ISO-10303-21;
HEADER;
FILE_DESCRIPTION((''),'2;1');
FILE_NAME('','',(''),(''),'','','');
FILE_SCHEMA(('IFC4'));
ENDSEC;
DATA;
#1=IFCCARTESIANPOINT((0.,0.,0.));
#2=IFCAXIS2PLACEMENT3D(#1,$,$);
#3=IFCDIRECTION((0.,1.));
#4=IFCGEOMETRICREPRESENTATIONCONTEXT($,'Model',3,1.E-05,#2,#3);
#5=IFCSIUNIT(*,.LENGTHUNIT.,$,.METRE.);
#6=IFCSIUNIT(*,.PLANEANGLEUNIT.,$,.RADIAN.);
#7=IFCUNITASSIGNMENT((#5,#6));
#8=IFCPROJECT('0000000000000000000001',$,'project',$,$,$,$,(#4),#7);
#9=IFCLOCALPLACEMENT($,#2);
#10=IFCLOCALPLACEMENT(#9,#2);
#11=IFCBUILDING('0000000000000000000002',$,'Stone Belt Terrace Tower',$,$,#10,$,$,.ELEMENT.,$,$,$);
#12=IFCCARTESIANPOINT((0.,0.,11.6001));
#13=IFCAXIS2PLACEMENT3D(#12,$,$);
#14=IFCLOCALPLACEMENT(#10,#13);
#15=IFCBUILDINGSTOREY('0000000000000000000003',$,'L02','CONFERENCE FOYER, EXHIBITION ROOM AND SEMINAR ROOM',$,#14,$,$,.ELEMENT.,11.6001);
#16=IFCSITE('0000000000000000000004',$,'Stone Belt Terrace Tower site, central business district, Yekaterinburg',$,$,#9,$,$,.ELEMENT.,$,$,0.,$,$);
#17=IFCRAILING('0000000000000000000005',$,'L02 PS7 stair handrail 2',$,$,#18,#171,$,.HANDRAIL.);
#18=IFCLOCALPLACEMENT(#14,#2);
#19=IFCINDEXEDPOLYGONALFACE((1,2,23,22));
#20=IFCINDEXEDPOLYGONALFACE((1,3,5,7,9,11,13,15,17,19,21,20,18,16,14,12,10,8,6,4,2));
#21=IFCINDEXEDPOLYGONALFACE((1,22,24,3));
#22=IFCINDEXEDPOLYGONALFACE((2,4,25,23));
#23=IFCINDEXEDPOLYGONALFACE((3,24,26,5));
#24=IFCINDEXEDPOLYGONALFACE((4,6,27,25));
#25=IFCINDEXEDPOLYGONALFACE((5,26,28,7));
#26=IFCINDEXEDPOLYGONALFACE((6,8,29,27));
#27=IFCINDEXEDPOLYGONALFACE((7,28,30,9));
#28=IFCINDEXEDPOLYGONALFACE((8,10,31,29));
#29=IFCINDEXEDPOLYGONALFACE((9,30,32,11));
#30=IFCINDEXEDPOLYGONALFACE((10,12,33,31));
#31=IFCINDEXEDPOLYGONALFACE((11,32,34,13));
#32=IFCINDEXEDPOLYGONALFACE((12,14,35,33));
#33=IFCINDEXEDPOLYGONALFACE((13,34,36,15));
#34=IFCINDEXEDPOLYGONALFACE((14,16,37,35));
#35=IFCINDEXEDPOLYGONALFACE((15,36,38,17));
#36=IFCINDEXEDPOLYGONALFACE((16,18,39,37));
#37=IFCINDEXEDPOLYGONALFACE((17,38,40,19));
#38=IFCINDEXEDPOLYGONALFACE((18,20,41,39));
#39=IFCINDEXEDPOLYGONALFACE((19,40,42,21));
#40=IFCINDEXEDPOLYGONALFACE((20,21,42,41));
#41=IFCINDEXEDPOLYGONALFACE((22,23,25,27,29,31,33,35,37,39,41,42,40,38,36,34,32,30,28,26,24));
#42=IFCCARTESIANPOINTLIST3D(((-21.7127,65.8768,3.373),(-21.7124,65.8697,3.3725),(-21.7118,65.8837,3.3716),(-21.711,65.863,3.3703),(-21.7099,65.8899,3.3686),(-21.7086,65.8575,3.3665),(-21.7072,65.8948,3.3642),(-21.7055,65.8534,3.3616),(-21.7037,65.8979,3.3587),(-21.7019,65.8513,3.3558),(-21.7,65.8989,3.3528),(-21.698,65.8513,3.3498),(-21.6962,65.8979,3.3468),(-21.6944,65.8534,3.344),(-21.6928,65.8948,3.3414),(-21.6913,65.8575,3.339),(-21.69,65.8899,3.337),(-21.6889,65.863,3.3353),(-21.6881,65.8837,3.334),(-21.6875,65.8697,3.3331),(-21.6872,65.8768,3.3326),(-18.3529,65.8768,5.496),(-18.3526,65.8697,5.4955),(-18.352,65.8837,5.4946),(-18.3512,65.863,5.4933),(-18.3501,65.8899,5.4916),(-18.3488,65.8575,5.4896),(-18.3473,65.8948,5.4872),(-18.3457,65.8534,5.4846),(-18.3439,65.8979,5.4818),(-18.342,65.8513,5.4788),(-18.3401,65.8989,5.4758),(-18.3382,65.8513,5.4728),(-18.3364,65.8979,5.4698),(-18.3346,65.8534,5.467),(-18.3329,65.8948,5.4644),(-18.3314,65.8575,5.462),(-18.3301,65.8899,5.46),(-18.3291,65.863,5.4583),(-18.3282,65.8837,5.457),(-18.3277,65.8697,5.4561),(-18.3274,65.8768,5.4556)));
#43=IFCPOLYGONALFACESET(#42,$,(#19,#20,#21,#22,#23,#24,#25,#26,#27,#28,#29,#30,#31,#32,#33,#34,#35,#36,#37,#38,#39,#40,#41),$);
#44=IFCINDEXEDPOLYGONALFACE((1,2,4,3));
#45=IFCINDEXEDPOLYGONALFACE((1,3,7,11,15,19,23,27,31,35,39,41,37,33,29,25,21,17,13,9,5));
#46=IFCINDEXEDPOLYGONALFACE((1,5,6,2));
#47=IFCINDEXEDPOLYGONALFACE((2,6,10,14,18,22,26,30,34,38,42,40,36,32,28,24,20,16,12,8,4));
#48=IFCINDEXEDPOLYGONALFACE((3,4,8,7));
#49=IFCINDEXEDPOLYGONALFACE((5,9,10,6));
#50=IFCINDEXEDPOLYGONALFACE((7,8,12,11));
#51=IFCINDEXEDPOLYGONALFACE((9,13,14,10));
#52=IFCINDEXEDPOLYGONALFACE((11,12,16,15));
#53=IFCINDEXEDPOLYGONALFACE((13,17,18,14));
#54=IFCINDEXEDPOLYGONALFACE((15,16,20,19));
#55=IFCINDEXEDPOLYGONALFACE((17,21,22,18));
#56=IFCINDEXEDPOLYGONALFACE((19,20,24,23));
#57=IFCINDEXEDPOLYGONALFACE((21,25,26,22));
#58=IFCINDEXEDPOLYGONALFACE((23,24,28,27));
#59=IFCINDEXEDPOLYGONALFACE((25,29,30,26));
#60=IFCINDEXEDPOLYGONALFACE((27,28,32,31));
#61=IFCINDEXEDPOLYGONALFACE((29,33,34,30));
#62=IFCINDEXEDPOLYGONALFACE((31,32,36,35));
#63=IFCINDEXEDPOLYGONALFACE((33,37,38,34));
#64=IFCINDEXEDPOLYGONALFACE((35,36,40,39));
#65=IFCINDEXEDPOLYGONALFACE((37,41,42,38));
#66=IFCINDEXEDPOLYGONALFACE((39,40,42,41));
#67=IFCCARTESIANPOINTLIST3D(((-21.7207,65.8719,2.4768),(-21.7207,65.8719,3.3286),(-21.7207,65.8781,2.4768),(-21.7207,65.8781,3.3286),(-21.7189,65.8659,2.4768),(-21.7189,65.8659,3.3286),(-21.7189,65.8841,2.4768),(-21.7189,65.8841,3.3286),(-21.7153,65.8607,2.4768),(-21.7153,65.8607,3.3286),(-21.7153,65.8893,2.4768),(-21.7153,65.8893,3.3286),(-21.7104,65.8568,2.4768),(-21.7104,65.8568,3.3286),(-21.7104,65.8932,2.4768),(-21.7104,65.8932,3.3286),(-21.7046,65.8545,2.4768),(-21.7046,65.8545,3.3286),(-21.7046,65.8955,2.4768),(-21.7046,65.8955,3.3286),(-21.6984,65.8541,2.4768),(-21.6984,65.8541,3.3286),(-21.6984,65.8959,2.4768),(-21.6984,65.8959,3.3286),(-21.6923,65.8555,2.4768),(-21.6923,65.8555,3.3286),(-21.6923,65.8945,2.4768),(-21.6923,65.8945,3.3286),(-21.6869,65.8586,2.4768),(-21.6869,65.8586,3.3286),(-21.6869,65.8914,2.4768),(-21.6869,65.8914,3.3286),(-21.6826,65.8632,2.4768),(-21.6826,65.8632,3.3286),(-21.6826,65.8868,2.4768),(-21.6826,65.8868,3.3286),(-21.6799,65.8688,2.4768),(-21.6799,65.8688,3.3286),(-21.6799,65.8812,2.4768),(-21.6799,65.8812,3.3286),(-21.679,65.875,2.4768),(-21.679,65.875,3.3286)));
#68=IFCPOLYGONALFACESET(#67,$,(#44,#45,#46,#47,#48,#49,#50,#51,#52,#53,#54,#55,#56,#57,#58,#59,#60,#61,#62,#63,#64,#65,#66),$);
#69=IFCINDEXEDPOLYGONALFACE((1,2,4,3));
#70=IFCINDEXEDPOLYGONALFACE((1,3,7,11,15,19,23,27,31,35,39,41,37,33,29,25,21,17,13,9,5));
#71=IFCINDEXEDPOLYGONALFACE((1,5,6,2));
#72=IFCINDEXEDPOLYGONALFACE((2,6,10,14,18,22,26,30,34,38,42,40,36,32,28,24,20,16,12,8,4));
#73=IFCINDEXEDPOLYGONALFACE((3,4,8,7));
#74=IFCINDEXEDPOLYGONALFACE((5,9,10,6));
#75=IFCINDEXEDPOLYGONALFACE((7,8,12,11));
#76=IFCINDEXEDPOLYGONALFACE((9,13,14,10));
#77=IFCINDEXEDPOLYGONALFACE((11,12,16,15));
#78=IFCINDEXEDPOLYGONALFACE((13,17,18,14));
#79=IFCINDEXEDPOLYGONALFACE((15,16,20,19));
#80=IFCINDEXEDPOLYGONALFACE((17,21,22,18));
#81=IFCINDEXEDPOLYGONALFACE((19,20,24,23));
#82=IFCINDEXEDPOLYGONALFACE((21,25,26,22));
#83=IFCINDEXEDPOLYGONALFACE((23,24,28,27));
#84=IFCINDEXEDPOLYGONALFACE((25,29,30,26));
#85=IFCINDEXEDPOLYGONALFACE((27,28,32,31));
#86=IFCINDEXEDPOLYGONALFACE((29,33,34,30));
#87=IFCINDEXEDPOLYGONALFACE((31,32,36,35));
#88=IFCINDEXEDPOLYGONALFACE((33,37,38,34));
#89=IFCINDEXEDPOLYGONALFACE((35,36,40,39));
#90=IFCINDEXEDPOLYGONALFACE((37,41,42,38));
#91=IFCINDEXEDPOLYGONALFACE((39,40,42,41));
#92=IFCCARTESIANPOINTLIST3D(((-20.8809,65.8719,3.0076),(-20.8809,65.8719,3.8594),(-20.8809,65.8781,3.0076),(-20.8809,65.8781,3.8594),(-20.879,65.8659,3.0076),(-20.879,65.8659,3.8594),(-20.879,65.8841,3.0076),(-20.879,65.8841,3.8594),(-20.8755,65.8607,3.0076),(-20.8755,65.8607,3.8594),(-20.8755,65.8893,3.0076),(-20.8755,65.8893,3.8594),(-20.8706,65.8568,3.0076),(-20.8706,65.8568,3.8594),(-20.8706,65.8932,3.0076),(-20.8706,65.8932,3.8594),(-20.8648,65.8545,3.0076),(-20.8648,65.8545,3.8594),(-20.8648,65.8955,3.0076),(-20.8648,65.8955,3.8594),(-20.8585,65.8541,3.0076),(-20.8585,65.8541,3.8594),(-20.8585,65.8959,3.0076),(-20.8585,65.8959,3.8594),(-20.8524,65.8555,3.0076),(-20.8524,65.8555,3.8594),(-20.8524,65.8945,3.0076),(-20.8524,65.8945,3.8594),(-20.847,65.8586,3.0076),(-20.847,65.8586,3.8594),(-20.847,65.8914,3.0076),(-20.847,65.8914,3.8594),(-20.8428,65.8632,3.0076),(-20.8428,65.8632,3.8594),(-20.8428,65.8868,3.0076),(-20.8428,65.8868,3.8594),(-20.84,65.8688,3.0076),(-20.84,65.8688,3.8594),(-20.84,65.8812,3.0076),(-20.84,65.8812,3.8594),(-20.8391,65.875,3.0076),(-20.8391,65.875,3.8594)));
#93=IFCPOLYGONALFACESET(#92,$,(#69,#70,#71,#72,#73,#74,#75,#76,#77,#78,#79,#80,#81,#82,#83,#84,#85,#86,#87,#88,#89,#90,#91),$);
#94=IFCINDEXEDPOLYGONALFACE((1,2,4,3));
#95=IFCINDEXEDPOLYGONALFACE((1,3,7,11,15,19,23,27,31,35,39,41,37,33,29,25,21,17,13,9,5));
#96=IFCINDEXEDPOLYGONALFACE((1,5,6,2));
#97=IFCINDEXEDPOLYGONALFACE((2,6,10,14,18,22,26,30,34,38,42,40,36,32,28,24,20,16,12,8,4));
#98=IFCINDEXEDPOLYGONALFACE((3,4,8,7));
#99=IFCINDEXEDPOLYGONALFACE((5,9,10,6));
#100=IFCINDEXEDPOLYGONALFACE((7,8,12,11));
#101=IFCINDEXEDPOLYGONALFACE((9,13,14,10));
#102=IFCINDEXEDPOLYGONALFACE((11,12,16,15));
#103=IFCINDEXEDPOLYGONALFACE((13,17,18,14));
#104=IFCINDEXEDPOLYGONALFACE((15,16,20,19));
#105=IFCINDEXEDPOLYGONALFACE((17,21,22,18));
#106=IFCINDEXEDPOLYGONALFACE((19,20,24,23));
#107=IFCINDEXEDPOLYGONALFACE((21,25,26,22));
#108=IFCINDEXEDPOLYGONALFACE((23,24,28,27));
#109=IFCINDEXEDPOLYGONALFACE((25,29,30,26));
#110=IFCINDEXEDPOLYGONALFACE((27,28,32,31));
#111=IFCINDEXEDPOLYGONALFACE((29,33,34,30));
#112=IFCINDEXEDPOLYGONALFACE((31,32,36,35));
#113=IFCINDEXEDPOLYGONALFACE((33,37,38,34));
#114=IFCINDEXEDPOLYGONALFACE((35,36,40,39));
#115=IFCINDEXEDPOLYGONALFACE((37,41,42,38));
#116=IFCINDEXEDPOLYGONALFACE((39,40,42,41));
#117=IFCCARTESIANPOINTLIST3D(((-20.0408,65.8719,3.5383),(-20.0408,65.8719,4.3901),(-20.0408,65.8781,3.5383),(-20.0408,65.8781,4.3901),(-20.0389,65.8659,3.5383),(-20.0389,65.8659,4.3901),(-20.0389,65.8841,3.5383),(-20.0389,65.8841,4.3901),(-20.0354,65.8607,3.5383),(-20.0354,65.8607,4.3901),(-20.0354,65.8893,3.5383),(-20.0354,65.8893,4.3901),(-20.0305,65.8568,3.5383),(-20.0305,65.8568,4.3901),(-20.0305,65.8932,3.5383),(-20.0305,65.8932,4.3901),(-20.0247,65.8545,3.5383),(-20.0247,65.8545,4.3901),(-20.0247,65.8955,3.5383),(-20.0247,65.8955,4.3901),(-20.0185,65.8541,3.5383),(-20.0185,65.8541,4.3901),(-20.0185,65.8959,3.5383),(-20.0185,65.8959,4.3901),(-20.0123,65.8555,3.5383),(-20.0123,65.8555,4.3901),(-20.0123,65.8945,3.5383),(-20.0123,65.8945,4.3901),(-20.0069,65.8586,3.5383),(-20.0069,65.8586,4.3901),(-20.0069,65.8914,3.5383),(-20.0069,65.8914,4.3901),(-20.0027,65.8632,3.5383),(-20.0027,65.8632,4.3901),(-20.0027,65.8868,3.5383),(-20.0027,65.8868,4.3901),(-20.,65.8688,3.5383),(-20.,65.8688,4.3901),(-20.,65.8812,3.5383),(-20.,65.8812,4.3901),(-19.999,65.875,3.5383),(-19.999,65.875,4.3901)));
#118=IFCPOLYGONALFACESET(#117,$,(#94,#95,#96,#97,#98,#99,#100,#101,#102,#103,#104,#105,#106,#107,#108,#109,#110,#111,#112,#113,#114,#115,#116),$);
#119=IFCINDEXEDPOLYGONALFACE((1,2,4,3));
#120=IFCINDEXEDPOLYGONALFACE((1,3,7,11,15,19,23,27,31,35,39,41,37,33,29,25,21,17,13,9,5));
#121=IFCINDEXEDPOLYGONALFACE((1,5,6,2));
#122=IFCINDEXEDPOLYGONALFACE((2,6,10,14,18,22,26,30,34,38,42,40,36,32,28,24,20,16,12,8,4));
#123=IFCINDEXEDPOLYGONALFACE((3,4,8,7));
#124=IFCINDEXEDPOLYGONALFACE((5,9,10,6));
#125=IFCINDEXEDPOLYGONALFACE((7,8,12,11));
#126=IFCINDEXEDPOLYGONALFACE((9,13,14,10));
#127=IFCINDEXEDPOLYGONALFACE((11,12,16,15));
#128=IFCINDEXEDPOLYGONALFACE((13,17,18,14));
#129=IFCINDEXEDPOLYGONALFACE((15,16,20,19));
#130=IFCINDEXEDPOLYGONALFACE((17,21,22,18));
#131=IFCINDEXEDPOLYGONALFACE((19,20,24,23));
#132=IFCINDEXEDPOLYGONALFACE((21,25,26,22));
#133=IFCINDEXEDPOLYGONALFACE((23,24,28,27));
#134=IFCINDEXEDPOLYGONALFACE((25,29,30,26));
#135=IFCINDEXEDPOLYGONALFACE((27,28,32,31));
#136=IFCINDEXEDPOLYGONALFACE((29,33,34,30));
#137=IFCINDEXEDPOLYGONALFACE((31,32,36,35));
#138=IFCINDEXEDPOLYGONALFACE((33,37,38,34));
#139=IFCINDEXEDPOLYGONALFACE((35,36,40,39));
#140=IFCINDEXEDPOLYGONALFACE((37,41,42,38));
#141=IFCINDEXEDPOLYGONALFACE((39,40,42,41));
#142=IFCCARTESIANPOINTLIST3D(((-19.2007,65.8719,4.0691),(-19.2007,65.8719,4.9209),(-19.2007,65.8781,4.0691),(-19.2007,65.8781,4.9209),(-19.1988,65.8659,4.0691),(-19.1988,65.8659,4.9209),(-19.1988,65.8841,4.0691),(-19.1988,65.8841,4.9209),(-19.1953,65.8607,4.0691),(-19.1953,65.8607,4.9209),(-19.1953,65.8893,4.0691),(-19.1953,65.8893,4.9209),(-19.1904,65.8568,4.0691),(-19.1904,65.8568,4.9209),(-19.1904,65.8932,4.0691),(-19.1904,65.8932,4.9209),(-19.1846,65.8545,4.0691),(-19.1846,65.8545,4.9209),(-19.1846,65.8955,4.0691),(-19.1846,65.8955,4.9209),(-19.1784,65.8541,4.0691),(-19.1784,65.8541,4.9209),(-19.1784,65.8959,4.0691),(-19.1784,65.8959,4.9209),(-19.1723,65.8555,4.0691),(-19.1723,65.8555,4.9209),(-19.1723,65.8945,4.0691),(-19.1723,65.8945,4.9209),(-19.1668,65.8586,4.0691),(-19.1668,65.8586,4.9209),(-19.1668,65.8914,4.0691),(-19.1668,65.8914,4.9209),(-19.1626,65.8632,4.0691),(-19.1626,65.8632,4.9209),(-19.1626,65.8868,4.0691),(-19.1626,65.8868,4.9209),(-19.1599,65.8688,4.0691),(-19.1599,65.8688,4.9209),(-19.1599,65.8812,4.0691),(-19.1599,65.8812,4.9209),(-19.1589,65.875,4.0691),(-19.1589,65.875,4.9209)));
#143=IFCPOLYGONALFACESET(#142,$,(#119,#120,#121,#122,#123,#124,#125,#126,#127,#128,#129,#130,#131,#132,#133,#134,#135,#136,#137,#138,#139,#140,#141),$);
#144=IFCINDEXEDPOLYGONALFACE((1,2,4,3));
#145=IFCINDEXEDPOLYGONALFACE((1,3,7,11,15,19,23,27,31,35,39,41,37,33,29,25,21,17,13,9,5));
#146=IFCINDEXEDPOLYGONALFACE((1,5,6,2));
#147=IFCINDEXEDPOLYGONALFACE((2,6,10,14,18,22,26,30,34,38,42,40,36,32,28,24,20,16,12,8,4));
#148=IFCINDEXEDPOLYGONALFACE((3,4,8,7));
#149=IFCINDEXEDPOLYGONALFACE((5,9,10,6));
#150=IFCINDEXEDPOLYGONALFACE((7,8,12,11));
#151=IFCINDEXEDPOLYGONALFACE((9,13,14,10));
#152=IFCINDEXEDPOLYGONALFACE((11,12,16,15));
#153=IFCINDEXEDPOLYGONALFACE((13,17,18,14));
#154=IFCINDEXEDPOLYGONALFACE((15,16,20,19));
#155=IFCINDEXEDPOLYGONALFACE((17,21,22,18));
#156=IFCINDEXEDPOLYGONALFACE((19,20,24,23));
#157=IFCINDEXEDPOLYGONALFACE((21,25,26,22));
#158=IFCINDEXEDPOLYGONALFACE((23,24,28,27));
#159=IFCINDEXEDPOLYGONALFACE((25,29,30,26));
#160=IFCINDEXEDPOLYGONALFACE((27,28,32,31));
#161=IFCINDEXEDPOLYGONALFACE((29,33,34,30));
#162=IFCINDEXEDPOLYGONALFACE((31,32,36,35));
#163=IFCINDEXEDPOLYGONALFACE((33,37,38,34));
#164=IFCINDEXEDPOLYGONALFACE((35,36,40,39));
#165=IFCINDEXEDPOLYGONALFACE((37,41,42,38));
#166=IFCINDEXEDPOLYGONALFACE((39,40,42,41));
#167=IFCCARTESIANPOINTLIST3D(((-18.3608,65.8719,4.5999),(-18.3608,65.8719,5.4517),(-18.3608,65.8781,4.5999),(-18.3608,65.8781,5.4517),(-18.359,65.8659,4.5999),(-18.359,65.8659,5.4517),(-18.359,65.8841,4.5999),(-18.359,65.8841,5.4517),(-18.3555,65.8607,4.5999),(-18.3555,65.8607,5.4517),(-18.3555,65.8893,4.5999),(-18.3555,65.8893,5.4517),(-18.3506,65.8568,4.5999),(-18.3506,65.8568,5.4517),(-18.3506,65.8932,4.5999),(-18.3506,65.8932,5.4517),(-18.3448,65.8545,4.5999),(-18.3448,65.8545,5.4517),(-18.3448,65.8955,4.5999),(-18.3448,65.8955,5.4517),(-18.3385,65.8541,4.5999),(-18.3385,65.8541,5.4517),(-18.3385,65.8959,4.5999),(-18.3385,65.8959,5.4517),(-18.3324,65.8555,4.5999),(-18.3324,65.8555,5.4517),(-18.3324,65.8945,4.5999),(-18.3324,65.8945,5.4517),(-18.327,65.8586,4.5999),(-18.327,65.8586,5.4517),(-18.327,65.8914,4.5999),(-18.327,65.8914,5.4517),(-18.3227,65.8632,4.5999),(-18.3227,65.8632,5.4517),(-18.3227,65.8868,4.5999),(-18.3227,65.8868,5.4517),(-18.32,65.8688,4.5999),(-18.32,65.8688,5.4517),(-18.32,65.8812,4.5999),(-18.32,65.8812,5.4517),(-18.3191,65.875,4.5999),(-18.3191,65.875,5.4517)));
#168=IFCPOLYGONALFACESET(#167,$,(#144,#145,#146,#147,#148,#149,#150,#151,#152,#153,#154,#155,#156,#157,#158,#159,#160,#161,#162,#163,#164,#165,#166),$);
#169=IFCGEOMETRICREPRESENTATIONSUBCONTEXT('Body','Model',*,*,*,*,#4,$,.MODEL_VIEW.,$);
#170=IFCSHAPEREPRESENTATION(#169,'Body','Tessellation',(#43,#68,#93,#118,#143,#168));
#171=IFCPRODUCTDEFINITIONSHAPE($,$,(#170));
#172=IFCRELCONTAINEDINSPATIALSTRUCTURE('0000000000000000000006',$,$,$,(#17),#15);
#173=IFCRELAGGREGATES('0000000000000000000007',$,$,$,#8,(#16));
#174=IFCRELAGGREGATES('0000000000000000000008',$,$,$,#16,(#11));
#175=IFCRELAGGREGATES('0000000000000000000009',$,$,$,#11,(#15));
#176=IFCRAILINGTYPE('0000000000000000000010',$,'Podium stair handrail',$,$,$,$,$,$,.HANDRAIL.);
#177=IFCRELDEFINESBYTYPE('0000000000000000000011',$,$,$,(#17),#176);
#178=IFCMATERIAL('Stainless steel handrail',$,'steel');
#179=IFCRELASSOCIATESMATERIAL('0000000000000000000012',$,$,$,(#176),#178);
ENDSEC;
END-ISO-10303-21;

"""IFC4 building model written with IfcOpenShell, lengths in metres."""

from ifc_helpers import new_model, si_unit, direction, frame, origin, origin_2d, place, context, subcontext, project, spatial, circle, extrude, material, type_object, element, save


model = new_model("IFC4")

# Units and contexts
model_context = context("Model", 3, precision=1e-05, world=origin(), true_north=direction((0.0, 1.0)))
body_context = subcontext(model_context, "Body", "Model", "MODEL_VIEW")
ifc_project = project(units=[si_unit("LENGTHUNIT", "METRE"), si_unit("PLANEANGLEUNIT", "RADIAN")], contexts=[model_context])

# Site, building, storey
site_placement = place(None, origin())
site = spatial("IfcSite", under=ifc_project, at=site_placement, Name="Stone Belt Terrace Tower site, central business district, Yekaterinburg", CompositionType="ELEMENT", RefElevation=0.0)
building_placement = place(site_placement, origin())
building = spatial("IfcBuilding", under=site, at=building_placement, Name="Stone Belt Terrace Tower", CompositionType="ELEMENT")
storey_placement = place(building_placement, frame((0.0, 0.0, 11.6001)))
storey = spatial("IfcBuildingStorey", under=building, at=storey_placement, Name="L02", Description="CONFERENCE FOYER, EXHIBITION ROOM AND SEMINAR ROOM", CompositionType="ELEMENT", Elevation=11.6001)

# Railing
ifc_material_1 = material(Name="Stainless steel handrail", Category="steel")
railing_type_1 = type_object("IfcRailingType", Name="Podium stair handrail", PredefinedType="HANDRAIL", material=ifc_material_1)
railing_1_placement = place(storey_placement, frame((-21.7, 65.875, 2.4768)))
element("IfcRailing", 1, at=railing_1_placement, inside=storey, type_object=railing_type_1, Name="L02 PS7 stair handrail 2", PredefinedType="HANDRAIL", context=body_context, shape_type="SweptSolid", body=[
    extrude(circle(Radius=0.0239, at=origin_2d()), frame((0.0, 0.0, 0.876), z_axis=(0.845372, 0.0, 0.534178), x_axis=(0.0, 1.0, 0.0)), (0.0, 0.0, 1.0), 3.9744),
    extrude(circle(Radius=0.021, at=origin_2d()), origin(), (0.0, 0.0, 1.0), 0.8518),
    extrude(circle(Radius=0.021, at=origin_2d()), frame((0.8398, 0.0, 0.5308)), (0.0, 0.0, 1.0), 0.8518),
    extrude(circle(Radius=0.021, at=origin_2d()), frame((1.6799, 0.0, 1.0615)), (0.0, 0.0, 1.0), 0.8518),
    extrude(circle(Radius=0.021, at=origin_2d()), frame((2.52, 0.0, 1.5923)), (0.0, 0.0, 1.0), 0.8518),
    extrude(circle(Radius=0.021, at=origin_2d()), frame((3.3599, 0.0, 2.123)), (0.0, 0.0, 1.0), 0.8518),
])

save(model, "model.ifc")
